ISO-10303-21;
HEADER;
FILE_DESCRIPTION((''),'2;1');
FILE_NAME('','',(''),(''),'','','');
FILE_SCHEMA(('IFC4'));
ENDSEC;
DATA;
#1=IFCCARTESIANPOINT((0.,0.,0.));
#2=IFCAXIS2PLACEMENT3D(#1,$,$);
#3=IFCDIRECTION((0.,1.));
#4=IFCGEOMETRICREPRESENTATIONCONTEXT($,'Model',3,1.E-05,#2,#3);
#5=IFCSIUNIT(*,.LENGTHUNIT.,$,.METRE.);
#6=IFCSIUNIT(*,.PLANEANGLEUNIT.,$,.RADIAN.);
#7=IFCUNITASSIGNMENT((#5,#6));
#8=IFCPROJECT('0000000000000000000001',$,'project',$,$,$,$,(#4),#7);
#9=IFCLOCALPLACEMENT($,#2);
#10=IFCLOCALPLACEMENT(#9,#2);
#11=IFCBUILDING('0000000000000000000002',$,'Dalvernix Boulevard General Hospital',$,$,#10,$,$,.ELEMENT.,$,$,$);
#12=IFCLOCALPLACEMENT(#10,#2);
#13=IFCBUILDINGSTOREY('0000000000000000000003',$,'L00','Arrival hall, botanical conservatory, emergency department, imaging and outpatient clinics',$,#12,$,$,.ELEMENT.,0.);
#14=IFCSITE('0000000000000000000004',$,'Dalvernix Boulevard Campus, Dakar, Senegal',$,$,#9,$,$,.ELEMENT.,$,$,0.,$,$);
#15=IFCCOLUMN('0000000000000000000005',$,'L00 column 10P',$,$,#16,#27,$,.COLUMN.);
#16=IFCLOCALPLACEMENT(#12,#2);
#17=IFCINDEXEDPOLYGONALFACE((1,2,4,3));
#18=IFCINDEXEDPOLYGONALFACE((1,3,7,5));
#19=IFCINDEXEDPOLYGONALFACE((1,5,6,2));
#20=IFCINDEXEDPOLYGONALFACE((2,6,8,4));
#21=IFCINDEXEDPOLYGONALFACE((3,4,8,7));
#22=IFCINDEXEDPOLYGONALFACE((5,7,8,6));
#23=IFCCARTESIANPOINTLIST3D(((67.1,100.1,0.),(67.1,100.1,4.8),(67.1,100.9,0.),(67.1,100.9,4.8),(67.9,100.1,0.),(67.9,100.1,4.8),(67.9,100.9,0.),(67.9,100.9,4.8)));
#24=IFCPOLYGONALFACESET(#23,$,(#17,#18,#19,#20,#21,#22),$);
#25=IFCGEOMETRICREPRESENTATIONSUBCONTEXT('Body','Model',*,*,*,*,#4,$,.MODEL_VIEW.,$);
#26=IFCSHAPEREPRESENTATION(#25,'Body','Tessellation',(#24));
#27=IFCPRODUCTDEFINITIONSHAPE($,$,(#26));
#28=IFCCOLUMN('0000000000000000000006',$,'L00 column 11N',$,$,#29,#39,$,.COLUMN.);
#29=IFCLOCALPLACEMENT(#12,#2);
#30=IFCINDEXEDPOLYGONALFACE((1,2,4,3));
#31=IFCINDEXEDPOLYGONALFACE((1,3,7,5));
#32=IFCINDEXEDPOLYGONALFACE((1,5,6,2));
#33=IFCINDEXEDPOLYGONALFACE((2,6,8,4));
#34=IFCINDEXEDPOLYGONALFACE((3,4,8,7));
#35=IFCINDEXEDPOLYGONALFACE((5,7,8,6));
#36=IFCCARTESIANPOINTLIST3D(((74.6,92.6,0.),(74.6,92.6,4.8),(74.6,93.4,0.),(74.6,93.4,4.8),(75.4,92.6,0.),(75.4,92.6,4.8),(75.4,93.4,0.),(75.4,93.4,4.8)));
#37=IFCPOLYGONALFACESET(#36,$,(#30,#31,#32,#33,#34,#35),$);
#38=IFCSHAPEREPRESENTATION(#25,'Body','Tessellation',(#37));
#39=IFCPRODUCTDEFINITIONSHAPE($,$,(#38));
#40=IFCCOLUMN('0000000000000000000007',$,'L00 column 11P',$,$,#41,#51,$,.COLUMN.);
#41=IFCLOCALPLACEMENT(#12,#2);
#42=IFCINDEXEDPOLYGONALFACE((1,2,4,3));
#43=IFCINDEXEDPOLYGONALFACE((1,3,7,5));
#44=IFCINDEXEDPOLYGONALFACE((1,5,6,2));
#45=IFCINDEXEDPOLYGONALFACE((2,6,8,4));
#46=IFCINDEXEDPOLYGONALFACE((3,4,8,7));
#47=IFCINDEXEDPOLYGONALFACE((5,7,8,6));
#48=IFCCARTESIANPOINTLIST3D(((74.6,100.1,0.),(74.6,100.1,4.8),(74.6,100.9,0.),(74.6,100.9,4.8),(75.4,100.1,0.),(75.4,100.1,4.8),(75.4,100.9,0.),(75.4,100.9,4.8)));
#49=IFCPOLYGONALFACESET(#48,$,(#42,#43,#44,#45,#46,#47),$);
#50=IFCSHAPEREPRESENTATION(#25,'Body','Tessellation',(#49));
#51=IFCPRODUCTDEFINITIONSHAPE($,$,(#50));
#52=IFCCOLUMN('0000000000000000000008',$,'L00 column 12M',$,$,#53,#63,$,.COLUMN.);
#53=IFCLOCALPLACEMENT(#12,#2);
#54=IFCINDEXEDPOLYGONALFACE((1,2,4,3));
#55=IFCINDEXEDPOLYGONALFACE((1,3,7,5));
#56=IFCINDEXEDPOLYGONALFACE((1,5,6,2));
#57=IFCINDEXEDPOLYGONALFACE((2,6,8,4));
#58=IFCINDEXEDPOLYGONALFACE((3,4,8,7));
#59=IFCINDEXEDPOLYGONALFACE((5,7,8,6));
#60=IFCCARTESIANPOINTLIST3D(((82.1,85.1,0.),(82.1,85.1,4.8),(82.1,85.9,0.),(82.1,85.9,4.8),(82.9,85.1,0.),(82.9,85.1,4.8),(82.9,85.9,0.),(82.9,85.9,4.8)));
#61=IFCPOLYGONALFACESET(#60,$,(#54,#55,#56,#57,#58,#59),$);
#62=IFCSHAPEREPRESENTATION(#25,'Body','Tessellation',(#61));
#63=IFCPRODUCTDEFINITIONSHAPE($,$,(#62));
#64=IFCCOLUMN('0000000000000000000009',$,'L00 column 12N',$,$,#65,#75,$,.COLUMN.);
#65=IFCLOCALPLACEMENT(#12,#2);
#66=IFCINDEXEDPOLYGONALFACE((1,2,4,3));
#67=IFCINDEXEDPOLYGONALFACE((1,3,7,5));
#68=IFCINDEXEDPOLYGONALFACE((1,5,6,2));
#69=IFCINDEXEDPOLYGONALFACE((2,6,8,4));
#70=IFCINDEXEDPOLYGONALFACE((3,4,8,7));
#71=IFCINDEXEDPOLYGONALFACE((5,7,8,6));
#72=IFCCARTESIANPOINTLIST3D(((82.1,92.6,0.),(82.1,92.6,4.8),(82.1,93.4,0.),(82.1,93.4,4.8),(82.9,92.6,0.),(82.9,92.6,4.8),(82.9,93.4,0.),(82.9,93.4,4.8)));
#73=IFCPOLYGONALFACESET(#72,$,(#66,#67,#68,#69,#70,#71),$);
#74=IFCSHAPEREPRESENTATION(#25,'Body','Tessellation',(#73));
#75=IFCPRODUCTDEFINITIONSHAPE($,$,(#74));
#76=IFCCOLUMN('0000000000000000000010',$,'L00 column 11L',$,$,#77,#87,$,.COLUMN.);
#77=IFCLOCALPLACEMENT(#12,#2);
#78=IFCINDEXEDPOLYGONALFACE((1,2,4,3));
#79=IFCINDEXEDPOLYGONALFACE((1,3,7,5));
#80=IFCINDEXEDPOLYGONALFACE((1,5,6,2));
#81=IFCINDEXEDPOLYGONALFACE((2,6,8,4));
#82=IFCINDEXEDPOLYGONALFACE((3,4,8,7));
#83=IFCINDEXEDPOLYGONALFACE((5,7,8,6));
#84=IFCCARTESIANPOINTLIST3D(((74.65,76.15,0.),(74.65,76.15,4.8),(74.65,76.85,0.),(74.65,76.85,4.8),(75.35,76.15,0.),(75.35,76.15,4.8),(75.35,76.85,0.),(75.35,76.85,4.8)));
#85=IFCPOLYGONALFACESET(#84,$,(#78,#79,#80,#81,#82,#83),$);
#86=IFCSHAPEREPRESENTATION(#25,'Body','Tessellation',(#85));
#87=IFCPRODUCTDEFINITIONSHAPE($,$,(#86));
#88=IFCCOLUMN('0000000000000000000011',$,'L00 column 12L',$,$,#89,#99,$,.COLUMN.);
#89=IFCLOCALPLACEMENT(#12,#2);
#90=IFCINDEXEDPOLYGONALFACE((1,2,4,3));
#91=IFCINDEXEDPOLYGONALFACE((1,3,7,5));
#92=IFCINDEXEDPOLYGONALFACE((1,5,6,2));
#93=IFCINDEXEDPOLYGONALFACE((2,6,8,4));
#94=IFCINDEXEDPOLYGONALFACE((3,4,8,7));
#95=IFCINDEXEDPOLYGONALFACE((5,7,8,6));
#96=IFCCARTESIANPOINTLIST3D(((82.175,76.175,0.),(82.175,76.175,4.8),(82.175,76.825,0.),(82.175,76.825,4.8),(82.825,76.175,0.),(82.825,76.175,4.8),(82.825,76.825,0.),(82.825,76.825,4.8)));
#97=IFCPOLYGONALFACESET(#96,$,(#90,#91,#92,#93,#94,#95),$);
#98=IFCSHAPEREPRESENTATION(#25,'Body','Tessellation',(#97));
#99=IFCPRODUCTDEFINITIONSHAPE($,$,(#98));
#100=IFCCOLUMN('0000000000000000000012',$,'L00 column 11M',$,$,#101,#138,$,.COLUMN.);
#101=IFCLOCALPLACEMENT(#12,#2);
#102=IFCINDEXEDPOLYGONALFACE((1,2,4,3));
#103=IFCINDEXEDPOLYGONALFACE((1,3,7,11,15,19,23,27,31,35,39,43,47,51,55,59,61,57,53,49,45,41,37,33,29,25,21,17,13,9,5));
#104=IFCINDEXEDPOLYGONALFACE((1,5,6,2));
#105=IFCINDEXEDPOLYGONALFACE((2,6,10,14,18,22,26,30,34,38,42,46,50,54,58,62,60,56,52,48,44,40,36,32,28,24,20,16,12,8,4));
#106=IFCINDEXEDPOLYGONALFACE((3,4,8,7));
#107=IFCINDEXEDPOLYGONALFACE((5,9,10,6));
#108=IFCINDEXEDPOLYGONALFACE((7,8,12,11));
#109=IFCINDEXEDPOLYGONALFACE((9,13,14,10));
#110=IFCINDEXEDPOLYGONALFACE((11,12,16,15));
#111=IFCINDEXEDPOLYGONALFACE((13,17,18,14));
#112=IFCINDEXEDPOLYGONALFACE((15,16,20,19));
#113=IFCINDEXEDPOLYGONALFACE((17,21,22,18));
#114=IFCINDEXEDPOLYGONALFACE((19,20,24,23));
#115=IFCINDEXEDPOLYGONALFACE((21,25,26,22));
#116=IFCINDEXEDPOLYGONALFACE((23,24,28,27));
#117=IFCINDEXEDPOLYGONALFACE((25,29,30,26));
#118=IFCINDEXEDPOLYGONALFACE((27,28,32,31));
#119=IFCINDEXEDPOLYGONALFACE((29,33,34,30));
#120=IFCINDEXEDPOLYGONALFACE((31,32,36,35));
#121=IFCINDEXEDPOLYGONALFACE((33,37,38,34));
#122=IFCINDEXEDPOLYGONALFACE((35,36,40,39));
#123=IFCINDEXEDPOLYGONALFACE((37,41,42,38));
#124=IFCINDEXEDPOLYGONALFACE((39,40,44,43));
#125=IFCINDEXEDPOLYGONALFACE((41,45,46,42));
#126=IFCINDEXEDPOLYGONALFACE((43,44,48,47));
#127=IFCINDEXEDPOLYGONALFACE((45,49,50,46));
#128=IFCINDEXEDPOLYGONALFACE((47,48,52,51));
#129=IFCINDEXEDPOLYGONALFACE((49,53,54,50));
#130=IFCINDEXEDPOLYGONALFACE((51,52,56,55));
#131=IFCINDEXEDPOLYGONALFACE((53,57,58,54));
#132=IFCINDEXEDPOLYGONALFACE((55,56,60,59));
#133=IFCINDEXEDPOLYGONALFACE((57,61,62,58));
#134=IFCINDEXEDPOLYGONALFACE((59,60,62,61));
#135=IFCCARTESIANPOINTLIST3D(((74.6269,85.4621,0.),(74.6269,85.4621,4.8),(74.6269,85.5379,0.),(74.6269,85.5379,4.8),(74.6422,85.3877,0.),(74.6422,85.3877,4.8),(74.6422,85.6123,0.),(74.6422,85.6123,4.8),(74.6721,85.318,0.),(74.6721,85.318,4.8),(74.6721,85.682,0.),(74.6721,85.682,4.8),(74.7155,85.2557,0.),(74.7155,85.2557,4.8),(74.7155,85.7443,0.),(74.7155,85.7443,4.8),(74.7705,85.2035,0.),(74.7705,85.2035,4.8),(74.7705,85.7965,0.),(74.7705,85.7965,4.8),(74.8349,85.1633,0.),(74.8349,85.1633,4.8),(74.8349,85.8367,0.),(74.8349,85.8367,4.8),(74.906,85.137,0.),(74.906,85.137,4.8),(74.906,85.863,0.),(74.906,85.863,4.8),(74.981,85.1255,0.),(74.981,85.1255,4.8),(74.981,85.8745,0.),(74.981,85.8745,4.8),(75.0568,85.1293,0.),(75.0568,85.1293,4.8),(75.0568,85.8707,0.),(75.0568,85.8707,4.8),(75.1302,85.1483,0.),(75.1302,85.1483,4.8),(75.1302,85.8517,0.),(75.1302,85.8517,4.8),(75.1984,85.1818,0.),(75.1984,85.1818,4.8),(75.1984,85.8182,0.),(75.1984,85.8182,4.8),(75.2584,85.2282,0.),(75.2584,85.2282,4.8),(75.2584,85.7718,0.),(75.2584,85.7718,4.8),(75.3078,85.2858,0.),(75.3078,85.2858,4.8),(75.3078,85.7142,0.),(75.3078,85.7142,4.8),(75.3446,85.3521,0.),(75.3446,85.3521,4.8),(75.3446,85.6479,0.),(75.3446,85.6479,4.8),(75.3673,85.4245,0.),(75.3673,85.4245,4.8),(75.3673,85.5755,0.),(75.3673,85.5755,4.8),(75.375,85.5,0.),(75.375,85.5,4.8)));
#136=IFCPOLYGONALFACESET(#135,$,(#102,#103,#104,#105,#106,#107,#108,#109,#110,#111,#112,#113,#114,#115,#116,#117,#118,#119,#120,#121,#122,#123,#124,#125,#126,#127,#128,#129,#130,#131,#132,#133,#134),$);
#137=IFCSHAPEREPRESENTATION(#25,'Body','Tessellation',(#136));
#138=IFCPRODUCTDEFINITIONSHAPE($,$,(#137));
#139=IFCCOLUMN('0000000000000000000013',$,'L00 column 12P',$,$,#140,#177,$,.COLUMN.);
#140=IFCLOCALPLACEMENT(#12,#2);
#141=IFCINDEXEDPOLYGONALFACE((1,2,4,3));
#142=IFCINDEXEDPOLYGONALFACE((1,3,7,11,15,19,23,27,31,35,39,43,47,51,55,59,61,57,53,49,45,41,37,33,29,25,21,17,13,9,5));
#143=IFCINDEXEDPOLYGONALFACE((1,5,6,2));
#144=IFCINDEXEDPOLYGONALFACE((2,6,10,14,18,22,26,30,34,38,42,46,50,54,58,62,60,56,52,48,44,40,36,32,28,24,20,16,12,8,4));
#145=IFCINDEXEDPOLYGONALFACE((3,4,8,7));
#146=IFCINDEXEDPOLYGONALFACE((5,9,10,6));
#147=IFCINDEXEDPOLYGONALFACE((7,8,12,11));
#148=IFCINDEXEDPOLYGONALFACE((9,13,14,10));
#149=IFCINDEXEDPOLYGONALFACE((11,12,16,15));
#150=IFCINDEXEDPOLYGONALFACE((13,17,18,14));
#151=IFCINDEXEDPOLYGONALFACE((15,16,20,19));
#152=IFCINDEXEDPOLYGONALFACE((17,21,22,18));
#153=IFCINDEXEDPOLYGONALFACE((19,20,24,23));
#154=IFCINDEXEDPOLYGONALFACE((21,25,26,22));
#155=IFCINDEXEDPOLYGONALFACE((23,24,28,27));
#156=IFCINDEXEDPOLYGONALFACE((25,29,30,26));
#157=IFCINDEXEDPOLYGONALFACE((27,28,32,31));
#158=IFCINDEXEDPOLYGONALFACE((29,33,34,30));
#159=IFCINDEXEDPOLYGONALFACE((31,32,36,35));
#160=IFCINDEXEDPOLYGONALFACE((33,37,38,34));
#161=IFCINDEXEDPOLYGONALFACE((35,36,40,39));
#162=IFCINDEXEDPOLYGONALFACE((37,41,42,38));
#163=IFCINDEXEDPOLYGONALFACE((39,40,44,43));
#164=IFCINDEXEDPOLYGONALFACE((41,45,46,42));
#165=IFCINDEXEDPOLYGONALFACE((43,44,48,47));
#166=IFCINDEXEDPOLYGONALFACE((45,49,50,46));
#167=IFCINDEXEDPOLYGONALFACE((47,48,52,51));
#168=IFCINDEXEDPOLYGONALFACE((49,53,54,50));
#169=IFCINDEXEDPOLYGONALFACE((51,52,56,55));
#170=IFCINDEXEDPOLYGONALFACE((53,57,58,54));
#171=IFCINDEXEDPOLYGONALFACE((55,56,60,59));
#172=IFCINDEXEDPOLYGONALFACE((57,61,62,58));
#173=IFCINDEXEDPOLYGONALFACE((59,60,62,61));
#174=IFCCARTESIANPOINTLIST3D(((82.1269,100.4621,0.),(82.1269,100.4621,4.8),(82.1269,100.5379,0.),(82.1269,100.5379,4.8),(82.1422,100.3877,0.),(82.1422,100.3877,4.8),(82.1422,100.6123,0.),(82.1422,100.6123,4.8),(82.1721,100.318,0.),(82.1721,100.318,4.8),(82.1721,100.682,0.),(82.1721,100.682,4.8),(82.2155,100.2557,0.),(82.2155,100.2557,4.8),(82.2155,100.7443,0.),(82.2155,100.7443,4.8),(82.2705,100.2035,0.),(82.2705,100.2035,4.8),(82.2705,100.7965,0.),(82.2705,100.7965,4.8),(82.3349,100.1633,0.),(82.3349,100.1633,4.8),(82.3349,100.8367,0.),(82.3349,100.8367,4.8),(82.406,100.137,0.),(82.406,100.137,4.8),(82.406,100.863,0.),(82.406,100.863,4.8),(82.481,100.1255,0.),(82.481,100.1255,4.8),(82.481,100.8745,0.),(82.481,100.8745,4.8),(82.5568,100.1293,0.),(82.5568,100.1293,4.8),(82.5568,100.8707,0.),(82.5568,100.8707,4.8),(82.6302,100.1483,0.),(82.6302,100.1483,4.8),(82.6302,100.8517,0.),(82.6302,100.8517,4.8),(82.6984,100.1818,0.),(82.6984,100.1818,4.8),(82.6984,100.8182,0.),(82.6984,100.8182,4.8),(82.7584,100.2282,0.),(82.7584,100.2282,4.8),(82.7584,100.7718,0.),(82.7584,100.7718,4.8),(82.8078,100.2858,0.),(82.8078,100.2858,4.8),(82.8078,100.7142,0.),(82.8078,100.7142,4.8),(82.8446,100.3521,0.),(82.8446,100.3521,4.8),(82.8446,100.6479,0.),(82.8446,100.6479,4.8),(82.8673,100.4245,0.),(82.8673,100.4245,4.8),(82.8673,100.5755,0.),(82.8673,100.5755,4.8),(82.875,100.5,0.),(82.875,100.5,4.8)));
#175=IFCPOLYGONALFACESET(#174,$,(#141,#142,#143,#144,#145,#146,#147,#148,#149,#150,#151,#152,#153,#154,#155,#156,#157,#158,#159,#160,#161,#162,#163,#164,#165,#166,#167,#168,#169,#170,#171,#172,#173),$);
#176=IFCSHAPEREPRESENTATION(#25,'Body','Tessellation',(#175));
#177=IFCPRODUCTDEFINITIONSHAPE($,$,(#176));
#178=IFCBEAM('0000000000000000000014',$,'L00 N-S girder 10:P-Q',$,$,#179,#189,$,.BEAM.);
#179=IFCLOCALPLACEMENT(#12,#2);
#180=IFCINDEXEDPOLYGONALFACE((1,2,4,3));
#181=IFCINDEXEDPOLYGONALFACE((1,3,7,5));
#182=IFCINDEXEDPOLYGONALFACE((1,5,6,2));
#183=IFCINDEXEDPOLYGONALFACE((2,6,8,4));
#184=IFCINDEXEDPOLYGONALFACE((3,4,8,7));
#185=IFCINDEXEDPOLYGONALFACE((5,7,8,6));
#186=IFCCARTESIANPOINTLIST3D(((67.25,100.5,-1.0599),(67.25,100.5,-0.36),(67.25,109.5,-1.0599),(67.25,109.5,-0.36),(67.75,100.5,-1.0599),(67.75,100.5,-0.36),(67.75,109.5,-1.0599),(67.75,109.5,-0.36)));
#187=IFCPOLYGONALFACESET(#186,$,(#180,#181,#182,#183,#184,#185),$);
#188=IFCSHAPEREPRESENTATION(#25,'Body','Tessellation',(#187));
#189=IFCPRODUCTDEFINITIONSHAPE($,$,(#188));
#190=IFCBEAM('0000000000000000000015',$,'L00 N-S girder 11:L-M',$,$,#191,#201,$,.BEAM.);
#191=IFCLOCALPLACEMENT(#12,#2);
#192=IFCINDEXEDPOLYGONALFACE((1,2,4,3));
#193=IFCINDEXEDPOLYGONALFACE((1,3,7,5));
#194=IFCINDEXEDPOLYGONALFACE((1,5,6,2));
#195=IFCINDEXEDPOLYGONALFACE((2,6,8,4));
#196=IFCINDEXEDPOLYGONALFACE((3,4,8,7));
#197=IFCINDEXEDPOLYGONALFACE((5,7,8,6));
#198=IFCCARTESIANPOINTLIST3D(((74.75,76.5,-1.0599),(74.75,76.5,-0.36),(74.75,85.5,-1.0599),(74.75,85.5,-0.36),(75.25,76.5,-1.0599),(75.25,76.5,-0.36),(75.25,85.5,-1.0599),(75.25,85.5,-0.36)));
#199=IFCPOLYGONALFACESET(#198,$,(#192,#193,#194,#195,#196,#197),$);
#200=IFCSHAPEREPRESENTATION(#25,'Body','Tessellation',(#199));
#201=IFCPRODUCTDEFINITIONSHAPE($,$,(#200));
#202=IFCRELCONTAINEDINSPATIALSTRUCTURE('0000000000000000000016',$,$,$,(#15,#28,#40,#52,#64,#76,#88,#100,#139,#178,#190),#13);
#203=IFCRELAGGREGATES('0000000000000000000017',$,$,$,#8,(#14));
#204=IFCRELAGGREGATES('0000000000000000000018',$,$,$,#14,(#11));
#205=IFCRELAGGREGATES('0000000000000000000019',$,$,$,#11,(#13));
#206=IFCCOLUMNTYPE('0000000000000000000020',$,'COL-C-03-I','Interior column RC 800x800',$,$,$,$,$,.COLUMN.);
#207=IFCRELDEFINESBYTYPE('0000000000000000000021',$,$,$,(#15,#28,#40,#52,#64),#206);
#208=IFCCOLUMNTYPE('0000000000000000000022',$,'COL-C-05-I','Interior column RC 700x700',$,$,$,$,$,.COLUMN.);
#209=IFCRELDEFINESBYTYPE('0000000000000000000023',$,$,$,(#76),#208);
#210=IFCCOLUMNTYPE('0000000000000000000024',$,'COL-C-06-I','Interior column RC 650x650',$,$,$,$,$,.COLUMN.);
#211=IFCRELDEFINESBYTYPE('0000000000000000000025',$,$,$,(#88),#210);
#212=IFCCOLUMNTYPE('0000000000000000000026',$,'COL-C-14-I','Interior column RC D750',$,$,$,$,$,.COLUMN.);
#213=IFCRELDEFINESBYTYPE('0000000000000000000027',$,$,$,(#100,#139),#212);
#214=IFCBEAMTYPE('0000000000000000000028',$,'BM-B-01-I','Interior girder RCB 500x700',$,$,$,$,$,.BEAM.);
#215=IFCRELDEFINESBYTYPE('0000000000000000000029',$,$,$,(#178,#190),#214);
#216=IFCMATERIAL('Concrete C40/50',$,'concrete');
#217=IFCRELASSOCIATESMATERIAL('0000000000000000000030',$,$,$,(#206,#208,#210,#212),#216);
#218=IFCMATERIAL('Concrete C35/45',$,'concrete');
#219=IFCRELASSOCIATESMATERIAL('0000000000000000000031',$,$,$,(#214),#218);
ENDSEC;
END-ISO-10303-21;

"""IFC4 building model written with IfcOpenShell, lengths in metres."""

from ifc_helpers import new_model, si_unit, direction, frame, origin, origin_2d, place, context, subcontext, project, spatial, rectangle, circle, extrude, material, material_profile, profile_set, type_object, element, save


model = new_model("IFC4")

# Units and contexts
model_context = context("Model", 3, precision=1e-05, world=origin(), true_north=direction((0.0, 1.0)))
body_context = subcontext(model_context, "Body", "Model", "MODEL_VIEW")
ifc_project = project(units=[si_unit("LENGTHUNIT", "METRE"), si_unit("PLANEANGLEUNIT", "RADIAN")], contexts=[model_context])

# Site, building, storey
site_placement = place(None, origin())
site = spatial("IfcSite", under=ifc_project, at=site_placement, Name="Dalvernix Boulevard Campus, Dakar, Senegal", CompositionType="ELEMENT", RefElevation=0.0)
building_placement = place(site_placement, origin())
building = spatial("IfcBuilding", under=site, at=building_placement, Name="Dalvernix Boulevard General Hospital", CompositionType="ELEMENT")
storey_placement = place(building_placement, origin())
storey = spatial("IfcBuildingStorey", under=building, at=storey_placement, Name="L00", Description="Arrival hall, botanical conservatory, emergency department, imaging and outpatient clinics", CompositionType="ELEMENT", Elevation=0.0)

# Columns
ifc_material_1 = material(Name="Concrete C40/50", Category="concrete")
ifc_material_profile_1 = material_profile(ifc_material_1, rectangle(XDim=0.8, YDim=0.8, at=origin_2d()), Name="RC 800x800")
ifc_profile_set_1 = profile_set([ifc_material_profile_1], Name="Concrete C40/50")
column_type_1 = type_object("IfcColumnType", Name="COL-C-03-I", Description="Interior column RC 800x800", PredefinedType="COLUMN", material=ifc_profile_set_1)
for number, where, z_axis, x_axis, name in (
    (1, (67.5, 100.5, 0.0), (0.0, 0.0, 1.0), (1.0, 0.0, 0.0), "L00 column 10P"),
    (2, (75.0, 93.0, 0.0), (0.0, 0.0, 1.0), (1.0, 0.0, 0.0), "L00 column 11N"),
    (3, (75.0, 100.5, 0.0), (0.0, 0.0, 1.0), (1.0, 0.0, 0.0), "L00 column 11P"),
    (4, (82.5, 85.5, 0.0), (0.0, 0.0, 1.0), (1.0, 0.0, 0.0), "L00 column 12M"),
    (5, (82.5, 93.0, 0.0), (0.0, 0.0, 1.0), (1.0, 0.0, 0.0), "L00 column 12N"),
):
    element("IfcColumn", number, at=place(storey_placement, frame(where, z_axis=z_axis, x_axis=x_axis)), inside=storey, type_object=column_type_1, Name=name, PredefinedType="COLUMN", context=body_context, shape_type="SweptSolid", body=[
        extrude(rectangle(XDim=0.8, YDim=0.8, at=origin_2d()), origin(), (0.0, 0.0, 1.0), 4.8),
    ])
ifc_material_profile_2 = material_profile(ifc_material_1, rectangle(XDim=0.7, YDim=0.7, at=origin_2d()), Name="RC 700x700")
ifc_profile_set_2 = profile_set([ifc_material_profile_2], Name="Concrete C40/50")
column_type_2 = type_object("IfcColumnType", Name="COL-C-05-I", Description="Interior column RC 700x700", PredefinedType="COLUMN", material=ifc_profile_set_2)
column_1_placement = place(storey_placement, frame((75.0, 76.5, 0.0), z_axis=(0.0, 0.0, 1.0), x_axis=(1.0, 0.0, 0.0)))
element("IfcColumn", 6, at=column_1_placement, inside=storey, type_object=column_type_2, Name="L00 column 11L", PredefinedType="COLUMN", context=body_context, shape_type="SweptSolid", body=[
    extrude(rectangle(XDim=0.7, YDim=0.7, at=origin_2d()), origin(), (0.0, 0.0, 1.0), 4.8),
])
ifc_material_profile_3 = material_profile(ifc_material_1, rectangle(XDim=0.6499, YDim=0.6499, at=origin_2d()), Name="RC 650x650")
ifc_profile_set_3 = profile_set([ifc_material_profile_3], Name="Concrete C40/50")
column_type_3 = type_object("IfcColumnType", Name="COL-C-06-I", Description="Interior column RC 650x650", PredefinedType="COLUMN", material=ifc_profile_set_3)
column_2_placement = place(storey_placement, frame((82.5, 76.5, 0.0), z_axis=(0.0, 0.0, 1.0), x_axis=(1.0, 0.0, 0.0)))
element("IfcColumn", 7, at=column_2_placement, inside=storey, type_object=column_type_3, Name="L00 column 12L", PredefinedType="COLUMN", context=body_context, shape_type="SweptSolid", body=[
    extrude(rectangle(XDim=0.6499, YDim=0.6499, at=origin_2d()), origin(), (0.0, 0.0, 1.0), 4.8),
])
ifc_material_profile_4 = material_profile(ifc_material_1, circle(Radius=0.375, at=origin_2d()), Name="RC D750")
ifc_profile_set_4 = profile_set([ifc_material_profile_4], Name="Concrete C40/50")
column_type_4 = type_object("IfcColumnType", Name="COL-C-14-I", Description="Interior column RC D750", PredefinedType="COLUMN", material=ifc_profile_set_4)
for number, where, z_axis, x_axis, name in (
    (8, (75.0, 85.5, 0.0), (0.0, 0.0, 1.0), (1.0, 0.0, 0.0), "L00 column 11M"),
    (9, (82.5, 100.5, 0.0), (0.0, 0.0, 1.0), (1.0, 0.0, 0.0), "L00 column 12P"),
):
    element("IfcColumn", number, at=place(storey_placement, frame(where, z_axis=z_axis, x_axis=x_axis)), inside=storey, type_object=column_type_4, Name=name, PredefinedType="COLUMN", context=body_context, shape_type="SweptSolid", body=[
        extrude(circle(Radius=0.375, at=origin_2d()), origin(), (0.0, 0.0, 1.0), 4.8),
    ])

# Beams
ifc_material_2 = material(Name="Concrete C35/45", Category="concrete")
ifc_material_profile_5 = material_profile(ifc_material_2, rectangle(XDim=0.5, YDim=0.7, at=origin_2d()), Name="RCB 500x700")
ifc_profile_set_5 = profile_set([ifc_material_profile_5], Name="Concrete C35/45")
beam_type_1 = type_object("IfcBeamType", Name="BM-B-01-I", Description="Interior girder RCB 500x700", PredefinedType="BEAM", material=ifc_profile_set_5)
for number, where, z_axis, x_axis, name in (
    (10, (67.5, 100.5, -0.71), (0.0, 1.0, 0.0), (-1.0, 0.0, 0.0), "L00 N-S girder 10:P-Q"),
    (11, (75.0, 76.5, -0.71), (0.0, 1.0, 0.0), (-1.0, 0.0, 0.0), "L00 N-S girder 11:L-M"),
):
    element("IfcBeam", number, at=place(storey_placement, frame(where, z_axis=z_axis, x_axis=x_axis)), inside=storey, type_object=beam_type_1, Name=name, PredefinedType="BEAM", context=body_context, shape_type="SweptSolid", body=[
        extrude(rectangle(XDim=0.5, YDim=0.7, at=origin_2d()), origin(), (0.0, 0.0, 1.0), 9.0),
    ])

save(model, "model.ifc")
